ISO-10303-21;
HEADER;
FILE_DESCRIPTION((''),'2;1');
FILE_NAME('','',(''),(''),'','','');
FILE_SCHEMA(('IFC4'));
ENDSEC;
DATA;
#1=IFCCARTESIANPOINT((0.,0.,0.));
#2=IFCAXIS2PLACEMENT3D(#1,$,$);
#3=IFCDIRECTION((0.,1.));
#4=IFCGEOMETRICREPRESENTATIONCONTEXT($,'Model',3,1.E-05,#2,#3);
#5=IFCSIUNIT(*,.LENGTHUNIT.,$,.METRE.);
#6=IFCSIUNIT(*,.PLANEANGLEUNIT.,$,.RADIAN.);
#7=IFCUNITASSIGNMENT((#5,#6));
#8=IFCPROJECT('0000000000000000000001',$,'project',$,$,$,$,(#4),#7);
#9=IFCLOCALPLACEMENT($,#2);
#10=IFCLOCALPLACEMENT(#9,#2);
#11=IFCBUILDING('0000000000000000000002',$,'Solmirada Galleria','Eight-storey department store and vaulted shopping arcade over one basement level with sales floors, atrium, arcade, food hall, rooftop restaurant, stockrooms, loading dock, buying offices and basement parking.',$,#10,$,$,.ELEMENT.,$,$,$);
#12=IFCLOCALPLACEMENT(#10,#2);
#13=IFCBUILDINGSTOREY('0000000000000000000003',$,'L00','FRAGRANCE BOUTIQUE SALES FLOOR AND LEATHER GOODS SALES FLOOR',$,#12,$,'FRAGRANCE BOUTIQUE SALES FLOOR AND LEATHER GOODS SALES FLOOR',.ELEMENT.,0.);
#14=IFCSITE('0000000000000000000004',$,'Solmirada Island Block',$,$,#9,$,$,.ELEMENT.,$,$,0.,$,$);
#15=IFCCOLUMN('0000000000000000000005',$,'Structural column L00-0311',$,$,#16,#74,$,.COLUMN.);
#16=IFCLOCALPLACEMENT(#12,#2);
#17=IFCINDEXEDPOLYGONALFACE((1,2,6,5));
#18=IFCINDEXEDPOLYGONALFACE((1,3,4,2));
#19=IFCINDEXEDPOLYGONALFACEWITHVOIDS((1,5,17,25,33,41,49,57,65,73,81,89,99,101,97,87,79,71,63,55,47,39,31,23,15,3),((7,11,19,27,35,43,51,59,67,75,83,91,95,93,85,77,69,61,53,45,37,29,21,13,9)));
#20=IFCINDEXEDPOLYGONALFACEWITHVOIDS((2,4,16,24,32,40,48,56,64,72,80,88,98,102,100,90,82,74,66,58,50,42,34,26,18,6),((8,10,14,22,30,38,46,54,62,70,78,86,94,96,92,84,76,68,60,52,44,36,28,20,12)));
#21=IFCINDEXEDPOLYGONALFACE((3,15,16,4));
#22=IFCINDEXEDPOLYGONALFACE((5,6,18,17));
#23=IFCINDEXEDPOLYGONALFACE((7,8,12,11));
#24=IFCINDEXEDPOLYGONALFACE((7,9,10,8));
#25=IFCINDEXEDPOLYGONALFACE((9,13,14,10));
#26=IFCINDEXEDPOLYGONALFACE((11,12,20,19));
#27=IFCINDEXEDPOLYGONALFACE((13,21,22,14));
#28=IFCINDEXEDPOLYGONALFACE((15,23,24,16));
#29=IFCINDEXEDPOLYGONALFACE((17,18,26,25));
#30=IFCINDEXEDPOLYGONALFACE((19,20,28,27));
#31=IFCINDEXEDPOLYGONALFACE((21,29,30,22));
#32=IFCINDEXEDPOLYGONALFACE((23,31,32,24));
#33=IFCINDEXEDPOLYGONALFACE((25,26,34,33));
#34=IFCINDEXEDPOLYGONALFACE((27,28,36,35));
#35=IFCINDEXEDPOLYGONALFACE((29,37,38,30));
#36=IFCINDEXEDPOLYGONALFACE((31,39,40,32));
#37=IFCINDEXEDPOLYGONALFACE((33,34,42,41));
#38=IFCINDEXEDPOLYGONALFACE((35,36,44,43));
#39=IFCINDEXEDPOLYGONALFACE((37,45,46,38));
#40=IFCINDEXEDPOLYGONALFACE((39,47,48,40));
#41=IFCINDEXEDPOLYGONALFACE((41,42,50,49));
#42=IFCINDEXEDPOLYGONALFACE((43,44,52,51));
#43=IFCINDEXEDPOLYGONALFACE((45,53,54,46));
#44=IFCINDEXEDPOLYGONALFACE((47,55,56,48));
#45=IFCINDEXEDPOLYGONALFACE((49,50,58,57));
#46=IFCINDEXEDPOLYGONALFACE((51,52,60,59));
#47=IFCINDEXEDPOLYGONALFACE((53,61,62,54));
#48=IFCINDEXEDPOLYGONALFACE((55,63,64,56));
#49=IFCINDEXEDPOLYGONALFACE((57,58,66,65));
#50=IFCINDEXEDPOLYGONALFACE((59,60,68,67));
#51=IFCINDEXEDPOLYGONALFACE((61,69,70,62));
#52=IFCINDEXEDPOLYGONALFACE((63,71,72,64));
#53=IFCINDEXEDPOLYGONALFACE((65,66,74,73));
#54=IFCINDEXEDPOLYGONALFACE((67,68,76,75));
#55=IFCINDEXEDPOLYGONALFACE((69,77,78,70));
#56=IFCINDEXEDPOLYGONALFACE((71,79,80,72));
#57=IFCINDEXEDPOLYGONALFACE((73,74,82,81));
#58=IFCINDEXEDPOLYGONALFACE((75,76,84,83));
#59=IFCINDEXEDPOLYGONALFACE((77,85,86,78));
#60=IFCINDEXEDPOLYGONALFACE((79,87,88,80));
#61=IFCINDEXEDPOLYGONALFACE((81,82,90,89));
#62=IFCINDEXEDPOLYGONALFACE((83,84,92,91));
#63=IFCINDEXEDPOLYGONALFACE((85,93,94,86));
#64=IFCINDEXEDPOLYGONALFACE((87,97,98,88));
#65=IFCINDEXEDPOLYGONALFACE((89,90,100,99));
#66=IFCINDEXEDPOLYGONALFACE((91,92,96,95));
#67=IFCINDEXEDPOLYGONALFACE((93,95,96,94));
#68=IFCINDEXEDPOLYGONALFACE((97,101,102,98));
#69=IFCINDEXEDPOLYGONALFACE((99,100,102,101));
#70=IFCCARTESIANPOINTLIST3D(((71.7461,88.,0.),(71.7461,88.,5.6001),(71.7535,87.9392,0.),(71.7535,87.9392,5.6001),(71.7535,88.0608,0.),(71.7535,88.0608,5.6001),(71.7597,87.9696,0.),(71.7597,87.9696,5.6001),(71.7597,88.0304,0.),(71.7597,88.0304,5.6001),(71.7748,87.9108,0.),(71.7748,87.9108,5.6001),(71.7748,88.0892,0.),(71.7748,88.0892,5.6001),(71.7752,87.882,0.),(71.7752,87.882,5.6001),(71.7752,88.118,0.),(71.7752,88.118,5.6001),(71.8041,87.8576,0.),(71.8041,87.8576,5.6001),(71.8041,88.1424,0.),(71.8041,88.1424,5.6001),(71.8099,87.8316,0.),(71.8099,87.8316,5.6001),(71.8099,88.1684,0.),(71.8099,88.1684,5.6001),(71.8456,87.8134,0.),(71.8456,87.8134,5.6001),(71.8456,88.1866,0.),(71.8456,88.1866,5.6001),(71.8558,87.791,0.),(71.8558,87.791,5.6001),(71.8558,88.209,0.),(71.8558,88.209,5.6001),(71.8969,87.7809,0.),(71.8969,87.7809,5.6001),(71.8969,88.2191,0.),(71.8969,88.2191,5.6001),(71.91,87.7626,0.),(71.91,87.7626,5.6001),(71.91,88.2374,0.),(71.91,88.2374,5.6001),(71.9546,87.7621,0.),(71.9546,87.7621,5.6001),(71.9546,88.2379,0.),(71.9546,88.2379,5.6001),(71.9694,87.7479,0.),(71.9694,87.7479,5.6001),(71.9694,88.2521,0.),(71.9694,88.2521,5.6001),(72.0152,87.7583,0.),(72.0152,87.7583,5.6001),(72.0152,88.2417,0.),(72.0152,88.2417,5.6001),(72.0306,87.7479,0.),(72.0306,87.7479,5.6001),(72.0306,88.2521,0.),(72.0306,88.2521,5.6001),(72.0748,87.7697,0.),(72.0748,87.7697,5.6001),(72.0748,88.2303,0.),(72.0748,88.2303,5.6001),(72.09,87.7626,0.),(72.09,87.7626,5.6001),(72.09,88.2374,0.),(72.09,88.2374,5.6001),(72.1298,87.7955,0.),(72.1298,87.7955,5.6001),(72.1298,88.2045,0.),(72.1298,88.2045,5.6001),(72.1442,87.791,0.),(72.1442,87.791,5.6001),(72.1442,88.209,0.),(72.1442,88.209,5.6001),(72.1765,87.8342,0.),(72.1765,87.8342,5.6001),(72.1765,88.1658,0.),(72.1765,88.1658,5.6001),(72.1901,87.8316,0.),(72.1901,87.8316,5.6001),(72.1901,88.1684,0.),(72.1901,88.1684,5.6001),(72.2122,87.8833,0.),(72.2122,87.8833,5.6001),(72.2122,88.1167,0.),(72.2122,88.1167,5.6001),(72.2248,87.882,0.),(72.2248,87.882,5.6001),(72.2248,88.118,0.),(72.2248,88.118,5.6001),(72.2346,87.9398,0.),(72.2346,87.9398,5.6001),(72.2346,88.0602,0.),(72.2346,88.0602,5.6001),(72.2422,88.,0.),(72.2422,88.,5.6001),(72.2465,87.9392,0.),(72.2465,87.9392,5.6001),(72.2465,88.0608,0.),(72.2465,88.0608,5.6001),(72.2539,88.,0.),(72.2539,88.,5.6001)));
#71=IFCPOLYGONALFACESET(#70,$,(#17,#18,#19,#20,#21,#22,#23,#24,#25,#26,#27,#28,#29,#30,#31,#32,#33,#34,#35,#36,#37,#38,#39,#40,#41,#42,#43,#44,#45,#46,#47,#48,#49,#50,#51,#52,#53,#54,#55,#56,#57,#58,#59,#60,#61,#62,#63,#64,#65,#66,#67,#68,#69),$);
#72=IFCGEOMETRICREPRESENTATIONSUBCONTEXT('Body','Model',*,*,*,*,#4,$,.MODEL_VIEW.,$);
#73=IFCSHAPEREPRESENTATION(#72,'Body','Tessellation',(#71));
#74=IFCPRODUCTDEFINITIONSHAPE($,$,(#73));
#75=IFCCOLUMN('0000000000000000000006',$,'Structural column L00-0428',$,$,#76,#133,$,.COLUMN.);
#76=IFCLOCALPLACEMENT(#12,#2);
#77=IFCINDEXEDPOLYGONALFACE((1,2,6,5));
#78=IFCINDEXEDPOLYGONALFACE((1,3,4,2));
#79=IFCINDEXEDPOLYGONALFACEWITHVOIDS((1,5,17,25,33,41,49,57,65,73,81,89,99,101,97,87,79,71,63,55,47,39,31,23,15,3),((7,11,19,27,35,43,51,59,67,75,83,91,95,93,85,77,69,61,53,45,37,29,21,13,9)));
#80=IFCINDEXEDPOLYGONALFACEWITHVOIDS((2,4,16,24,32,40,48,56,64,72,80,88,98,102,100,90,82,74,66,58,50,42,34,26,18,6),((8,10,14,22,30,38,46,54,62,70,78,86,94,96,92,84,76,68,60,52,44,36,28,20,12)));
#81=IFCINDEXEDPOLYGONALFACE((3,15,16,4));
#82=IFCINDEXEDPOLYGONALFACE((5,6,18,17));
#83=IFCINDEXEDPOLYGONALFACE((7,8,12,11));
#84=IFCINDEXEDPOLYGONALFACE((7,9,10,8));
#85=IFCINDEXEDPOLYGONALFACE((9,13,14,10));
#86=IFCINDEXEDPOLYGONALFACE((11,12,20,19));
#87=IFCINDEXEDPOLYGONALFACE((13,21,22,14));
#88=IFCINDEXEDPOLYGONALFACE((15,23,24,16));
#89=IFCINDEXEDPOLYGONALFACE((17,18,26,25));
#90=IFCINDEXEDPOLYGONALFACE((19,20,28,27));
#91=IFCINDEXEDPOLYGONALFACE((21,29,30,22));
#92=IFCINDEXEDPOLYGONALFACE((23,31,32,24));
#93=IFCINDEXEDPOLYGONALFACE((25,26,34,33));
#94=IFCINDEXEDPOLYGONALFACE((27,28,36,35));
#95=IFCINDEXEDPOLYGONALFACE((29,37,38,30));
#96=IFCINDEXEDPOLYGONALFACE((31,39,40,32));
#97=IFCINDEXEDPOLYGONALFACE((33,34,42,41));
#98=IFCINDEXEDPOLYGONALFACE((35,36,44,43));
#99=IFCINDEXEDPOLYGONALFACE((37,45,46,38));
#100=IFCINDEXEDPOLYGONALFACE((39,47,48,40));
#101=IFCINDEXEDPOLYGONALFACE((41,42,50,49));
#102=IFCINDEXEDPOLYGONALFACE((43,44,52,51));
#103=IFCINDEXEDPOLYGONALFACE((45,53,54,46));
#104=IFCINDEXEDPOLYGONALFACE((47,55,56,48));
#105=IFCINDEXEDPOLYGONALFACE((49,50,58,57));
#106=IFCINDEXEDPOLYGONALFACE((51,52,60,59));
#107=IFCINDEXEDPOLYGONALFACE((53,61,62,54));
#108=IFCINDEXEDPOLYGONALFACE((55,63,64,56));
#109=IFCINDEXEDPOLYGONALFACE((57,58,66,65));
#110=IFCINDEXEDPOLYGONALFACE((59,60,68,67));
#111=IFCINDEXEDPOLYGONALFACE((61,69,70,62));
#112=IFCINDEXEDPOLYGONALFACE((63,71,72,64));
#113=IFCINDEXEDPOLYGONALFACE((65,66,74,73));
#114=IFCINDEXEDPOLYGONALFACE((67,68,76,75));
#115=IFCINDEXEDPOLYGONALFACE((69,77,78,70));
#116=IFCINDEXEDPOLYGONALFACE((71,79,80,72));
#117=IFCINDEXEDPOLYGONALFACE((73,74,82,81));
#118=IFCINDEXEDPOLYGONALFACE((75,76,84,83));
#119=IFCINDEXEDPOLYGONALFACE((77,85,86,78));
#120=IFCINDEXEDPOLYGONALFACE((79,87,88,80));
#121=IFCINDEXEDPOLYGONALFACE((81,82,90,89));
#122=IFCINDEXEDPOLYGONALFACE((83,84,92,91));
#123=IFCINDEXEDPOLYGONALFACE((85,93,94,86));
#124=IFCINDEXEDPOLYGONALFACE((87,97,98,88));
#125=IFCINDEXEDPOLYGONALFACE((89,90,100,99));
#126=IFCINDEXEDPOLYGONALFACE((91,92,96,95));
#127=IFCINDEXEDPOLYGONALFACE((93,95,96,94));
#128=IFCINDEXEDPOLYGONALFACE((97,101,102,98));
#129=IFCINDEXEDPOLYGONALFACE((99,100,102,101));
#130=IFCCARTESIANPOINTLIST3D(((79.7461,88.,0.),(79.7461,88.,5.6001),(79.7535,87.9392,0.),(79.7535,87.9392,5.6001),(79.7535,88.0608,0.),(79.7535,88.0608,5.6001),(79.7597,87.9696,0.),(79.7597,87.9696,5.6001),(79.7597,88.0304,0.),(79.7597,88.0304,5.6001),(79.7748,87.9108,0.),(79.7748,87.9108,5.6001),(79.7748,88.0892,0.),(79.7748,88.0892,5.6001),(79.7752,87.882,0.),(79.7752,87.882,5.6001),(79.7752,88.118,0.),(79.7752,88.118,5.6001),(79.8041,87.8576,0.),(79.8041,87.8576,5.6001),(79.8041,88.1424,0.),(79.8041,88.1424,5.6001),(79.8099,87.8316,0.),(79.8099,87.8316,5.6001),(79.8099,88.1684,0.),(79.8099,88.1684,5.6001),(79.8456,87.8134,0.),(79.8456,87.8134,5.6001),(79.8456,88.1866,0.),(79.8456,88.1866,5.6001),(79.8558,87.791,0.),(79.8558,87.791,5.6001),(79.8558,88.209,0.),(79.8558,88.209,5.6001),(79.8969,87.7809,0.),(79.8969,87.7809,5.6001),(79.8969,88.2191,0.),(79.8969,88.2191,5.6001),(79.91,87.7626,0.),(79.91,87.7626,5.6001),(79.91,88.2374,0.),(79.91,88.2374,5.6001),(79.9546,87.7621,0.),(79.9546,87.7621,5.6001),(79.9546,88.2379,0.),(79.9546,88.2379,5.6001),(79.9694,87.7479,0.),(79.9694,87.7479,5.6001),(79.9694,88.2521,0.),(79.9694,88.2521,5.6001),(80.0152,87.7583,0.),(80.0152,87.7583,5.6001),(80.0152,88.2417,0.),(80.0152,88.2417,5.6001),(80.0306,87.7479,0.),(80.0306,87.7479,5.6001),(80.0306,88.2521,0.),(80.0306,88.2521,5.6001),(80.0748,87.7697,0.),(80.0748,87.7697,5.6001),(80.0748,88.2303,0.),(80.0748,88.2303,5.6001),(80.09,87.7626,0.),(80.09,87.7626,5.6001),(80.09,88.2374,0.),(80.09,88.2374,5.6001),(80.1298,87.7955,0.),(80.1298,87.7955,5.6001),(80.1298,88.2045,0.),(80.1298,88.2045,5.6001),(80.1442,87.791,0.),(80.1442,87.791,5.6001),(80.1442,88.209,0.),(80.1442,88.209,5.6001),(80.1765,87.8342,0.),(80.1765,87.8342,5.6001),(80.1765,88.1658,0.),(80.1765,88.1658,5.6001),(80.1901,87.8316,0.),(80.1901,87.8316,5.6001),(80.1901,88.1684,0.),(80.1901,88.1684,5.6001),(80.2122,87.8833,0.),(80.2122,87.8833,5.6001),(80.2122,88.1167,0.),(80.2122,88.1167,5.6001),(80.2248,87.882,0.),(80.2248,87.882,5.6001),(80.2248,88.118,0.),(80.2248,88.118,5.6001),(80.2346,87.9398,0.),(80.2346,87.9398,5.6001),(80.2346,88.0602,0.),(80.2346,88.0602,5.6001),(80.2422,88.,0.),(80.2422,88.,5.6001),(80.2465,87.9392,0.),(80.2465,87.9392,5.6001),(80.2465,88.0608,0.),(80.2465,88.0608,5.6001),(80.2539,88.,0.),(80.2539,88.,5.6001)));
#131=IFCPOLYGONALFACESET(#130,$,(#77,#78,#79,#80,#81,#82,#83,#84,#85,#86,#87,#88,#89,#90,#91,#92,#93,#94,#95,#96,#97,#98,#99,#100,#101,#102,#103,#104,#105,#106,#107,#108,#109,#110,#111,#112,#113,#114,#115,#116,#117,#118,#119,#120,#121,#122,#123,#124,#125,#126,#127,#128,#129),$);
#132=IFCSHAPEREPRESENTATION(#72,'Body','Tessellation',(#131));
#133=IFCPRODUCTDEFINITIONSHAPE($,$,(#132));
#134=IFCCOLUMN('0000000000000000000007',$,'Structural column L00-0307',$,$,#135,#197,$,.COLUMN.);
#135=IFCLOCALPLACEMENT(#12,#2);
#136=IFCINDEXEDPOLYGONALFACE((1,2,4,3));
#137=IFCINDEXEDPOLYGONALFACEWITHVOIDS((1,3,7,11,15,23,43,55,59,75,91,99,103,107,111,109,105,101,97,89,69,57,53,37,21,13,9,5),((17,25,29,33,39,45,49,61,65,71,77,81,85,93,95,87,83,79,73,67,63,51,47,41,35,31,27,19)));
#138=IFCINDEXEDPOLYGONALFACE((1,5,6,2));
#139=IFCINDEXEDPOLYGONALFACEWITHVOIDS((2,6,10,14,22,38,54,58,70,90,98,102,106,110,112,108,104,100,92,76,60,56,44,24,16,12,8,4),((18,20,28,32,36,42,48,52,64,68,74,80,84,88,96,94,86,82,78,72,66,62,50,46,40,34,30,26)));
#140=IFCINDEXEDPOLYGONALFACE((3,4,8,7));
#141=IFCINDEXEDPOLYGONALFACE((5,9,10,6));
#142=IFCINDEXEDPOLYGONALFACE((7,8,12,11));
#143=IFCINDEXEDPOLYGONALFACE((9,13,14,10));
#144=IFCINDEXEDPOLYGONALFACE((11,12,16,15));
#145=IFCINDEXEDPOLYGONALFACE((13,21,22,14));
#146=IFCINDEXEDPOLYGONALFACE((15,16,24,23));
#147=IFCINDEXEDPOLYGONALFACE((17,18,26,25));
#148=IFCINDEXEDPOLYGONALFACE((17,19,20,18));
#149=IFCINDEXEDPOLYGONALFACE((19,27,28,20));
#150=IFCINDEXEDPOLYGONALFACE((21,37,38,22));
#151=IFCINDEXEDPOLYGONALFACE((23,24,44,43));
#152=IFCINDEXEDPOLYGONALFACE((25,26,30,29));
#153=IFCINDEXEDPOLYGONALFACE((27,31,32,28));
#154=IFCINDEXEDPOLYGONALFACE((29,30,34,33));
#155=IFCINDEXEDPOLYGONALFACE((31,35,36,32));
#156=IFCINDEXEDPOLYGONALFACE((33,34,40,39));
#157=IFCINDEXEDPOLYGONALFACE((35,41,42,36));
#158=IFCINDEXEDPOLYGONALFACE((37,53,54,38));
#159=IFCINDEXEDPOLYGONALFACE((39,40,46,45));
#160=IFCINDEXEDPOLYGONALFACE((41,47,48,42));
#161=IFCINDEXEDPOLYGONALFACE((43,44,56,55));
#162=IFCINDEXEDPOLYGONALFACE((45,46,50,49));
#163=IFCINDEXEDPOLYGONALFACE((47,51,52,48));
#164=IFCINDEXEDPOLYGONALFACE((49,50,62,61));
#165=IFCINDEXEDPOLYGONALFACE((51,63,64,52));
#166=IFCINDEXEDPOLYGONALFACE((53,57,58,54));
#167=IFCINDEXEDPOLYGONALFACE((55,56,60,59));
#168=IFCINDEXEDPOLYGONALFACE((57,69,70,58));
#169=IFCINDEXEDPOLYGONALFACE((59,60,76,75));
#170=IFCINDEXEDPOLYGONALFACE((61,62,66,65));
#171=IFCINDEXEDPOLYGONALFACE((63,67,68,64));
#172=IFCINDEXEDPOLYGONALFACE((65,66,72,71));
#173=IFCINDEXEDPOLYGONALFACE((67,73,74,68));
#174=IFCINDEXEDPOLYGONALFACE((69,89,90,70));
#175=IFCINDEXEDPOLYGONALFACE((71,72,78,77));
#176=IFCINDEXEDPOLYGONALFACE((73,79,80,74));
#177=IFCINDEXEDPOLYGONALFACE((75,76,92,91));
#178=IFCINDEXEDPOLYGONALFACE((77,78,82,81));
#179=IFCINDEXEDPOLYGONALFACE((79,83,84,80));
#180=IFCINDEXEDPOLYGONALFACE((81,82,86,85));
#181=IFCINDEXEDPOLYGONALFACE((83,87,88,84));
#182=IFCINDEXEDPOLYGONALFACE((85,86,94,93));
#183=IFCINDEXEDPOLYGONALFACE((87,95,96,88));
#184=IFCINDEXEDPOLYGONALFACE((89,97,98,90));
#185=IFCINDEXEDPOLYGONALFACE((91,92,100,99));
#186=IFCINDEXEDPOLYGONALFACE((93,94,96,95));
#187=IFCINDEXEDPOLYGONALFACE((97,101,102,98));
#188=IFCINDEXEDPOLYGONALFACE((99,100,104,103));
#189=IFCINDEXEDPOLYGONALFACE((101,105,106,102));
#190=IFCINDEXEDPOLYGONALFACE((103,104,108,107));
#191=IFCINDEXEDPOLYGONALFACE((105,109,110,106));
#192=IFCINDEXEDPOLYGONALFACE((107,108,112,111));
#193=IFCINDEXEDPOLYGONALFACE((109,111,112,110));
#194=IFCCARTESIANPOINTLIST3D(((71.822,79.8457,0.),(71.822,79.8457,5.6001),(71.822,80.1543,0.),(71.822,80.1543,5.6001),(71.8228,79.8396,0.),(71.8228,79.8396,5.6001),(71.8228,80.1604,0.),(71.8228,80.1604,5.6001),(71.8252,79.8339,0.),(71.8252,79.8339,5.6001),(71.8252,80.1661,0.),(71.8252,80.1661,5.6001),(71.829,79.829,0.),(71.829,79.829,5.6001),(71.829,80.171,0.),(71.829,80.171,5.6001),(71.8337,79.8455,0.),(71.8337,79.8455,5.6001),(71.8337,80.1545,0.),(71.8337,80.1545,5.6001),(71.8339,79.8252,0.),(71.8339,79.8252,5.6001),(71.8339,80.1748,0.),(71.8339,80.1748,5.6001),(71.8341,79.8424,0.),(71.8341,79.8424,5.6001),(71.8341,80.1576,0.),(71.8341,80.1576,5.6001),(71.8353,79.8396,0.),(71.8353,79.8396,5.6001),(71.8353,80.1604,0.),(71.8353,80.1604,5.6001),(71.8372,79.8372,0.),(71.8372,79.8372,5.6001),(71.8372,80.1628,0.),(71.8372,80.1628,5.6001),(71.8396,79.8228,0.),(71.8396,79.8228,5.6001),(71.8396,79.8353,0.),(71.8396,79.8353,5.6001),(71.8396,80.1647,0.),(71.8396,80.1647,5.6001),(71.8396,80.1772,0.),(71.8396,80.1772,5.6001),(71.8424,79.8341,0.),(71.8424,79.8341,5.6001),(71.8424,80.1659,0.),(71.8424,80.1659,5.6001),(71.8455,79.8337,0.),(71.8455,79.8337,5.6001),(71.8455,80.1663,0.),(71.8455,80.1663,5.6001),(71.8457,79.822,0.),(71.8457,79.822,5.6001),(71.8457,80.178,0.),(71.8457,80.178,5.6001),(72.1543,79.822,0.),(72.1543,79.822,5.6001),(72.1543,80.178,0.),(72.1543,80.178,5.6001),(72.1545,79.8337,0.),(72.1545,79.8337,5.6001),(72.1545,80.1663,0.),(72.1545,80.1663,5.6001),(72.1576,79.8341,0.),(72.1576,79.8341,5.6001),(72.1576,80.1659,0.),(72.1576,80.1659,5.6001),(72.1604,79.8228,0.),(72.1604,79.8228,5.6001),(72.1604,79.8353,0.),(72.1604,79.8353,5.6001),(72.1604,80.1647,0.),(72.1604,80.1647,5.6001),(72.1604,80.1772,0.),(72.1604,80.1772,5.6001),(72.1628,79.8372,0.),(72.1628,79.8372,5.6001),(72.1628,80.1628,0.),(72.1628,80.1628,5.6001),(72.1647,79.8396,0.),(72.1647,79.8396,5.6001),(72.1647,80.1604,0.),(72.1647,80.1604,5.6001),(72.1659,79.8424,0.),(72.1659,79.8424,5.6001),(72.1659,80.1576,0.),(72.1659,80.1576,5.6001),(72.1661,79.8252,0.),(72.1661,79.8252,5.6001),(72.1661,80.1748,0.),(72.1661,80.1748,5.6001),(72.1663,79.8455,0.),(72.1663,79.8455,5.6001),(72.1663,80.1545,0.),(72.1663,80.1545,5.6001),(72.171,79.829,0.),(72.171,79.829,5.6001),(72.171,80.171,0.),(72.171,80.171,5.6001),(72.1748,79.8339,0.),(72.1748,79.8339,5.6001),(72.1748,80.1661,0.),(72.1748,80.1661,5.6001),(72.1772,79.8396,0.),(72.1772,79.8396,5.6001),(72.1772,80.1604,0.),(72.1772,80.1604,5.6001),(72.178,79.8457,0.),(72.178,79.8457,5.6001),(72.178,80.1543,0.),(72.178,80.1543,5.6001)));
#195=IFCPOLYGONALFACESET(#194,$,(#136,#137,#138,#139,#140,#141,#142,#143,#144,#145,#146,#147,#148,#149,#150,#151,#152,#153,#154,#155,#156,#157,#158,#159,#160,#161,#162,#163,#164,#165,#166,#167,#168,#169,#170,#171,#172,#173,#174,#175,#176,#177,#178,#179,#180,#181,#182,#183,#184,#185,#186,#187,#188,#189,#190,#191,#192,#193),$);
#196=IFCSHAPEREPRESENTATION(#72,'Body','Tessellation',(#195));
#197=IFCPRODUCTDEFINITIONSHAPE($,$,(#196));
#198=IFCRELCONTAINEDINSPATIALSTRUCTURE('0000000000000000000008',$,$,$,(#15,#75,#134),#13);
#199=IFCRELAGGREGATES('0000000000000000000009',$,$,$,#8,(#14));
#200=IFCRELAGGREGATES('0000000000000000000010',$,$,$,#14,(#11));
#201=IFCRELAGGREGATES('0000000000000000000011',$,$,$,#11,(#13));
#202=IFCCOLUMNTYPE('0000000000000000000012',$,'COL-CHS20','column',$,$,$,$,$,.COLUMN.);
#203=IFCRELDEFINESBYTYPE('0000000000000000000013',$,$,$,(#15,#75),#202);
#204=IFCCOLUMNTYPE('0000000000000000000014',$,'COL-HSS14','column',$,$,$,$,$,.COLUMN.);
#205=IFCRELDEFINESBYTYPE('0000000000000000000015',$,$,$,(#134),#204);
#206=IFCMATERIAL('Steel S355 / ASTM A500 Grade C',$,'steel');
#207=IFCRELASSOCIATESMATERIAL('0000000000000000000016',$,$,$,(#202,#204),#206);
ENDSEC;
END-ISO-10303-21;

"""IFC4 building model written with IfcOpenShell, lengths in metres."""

from ifc_helpers import new_model, si_unit, direction, frame, origin, origin_2d, place, context, subcontext, project, spatial, hollow_rectangle, hollow_circle, extrude, material, material_profile, profile_set, type_object, element, save


model = new_model("IFC4")

# Units and contexts
model_context = context("Model", 3, precision=1e-05, world=origin(), true_north=direction((0.0, 1.0)))
body_context = subcontext(model_context, "Body", "Model", "MODEL_VIEW")
ifc_project = project(units=[si_unit("LENGTHUNIT", "METRE"), si_unit("PLANEANGLEUNIT", "RADIAN")], contexts=[model_context])

# Site, building, storey
site_placement = place(None, origin())
site = spatial("IfcSite", under=ifc_project, at=site_placement, Name="Solmirada Island Block", CompositionType="ELEMENT", RefElevation=0.0)
building_placement = place(site_placement, origin())
building = spatial("IfcBuilding", under=site, at=building_placement, Name="Solmirada Galleria", Description="Eight-storey department store and vaulted shopping arcade over one basement level with sales floors, atrium, arcade, food hall, rooftop restaurant, stockrooms, loading dock, buying offices and basement parking.", CompositionType="ELEMENT")
storey_placement = place(building_placement, origin())
storey = spatial("IfcBuildingStorey", under=building, at=storey_placement, Name="L00", Description="FRAGRANCE BOUTIQUE SALES FLOOR AND LEATHER GOODS SALES FLOOR", LongName="FRAGRANCE BOUTIQUE SALES FLOOR AND LEATHER GOODS SALES FLOOR", CompositionType="ELEMENT", Elevation=0.0)

# Columns
ifc_material_1 = material(Name="Steel S355 / ASTM A500 Grade C", Category="steel")
ifc_material_profile_1 = material_profile(ifc_material_1, hollow_circle(Radius=0.2539, WallThickness=0.0117, at=origin_2d()), Name="HSS20.000X0.500")
ifc_profile_set_1 = profile_set([ifc_material_profile_1], Name="Steel S355 / ASTM A500 Grade C")
column_type_1 = type_object("IfcColumnType", Name="COL-CHS20", Description="column", PredefinedType="COLUMN", material=ifc_profile_set_1)
for number, where, z_axis, x_axis, name in (
    (1, (72.0, 88.0, 0.0), (0.0, 0.0, 1.0), (1.0, 0.0, 0.0), "Structural column L00-0311"),
    (2, (80.0, 88.0, 0.0), (0.0, 0.0, 1.0), (1.0, 0.0, 0.0), "Structural column L00-0428"),
):
    element("IfcColumn", number, at=place(storey_placement, frame(where, z_axis=z_axis, x_axis=x_axis)), inside=storey, type_object=column_type_1, Name=name, PredefinedType="COLUMN", context=body_context, shape_type="SweptSolid", body=[
        extrude(hollow_circle(Radius=0.2539, WallThickness=0.0117, at=origin_2d()), origin(), (0.0, 0.0, 1.0), 5.6001),
    ])
ifc_material_profile_2 = material_profile(ifc_material_1, hollow_rectangle(XDim=0.356, YDim=0.356, WallThickness=0.0117, InnerFilletRadius=0.0117, OuterFilletRadius=0.0237, at=origin_2d()), Name="HSS14X14X1/2")
ifc_profile_set_2 = profile_set([ifc_material_profile_2], Name="Steel S355 / ASTM A500 Grade C")
column_type_2 = type_object("IfcColumnType", Name="COL-HSS14", Description="column", PredefinedType="COLUMN", material=ifc_profile_set_2)
for number, where, z_axis, x_axis, name in (
    (3, (72.0, 80.0, 0.0), (0.0, 0.0, 1.0), (1.0, 0.0, 0.0), "Structural column L00-0307"),
):
    element("IfcColumn", number, at=place(storey_placement, frame(where, z_axis=z_axis, x_axis=x_axis)), inside=storey, type_object=column_type_2, Name=name, PredefinedType="COLUMN", context=body_context, shape_type="SweptSolid", body=[
        extrude(hollow_rectangle(XDim=0.356, YDim=0.356, WallThickness=0.0117, InnerFilletRadius=0.0117, OuterFilletRadius=0.0237, at=origin_2d()), origin(), (0.0, 0.0, 1.0), 5.6001),
    ])

save(model, "model.ifc")
